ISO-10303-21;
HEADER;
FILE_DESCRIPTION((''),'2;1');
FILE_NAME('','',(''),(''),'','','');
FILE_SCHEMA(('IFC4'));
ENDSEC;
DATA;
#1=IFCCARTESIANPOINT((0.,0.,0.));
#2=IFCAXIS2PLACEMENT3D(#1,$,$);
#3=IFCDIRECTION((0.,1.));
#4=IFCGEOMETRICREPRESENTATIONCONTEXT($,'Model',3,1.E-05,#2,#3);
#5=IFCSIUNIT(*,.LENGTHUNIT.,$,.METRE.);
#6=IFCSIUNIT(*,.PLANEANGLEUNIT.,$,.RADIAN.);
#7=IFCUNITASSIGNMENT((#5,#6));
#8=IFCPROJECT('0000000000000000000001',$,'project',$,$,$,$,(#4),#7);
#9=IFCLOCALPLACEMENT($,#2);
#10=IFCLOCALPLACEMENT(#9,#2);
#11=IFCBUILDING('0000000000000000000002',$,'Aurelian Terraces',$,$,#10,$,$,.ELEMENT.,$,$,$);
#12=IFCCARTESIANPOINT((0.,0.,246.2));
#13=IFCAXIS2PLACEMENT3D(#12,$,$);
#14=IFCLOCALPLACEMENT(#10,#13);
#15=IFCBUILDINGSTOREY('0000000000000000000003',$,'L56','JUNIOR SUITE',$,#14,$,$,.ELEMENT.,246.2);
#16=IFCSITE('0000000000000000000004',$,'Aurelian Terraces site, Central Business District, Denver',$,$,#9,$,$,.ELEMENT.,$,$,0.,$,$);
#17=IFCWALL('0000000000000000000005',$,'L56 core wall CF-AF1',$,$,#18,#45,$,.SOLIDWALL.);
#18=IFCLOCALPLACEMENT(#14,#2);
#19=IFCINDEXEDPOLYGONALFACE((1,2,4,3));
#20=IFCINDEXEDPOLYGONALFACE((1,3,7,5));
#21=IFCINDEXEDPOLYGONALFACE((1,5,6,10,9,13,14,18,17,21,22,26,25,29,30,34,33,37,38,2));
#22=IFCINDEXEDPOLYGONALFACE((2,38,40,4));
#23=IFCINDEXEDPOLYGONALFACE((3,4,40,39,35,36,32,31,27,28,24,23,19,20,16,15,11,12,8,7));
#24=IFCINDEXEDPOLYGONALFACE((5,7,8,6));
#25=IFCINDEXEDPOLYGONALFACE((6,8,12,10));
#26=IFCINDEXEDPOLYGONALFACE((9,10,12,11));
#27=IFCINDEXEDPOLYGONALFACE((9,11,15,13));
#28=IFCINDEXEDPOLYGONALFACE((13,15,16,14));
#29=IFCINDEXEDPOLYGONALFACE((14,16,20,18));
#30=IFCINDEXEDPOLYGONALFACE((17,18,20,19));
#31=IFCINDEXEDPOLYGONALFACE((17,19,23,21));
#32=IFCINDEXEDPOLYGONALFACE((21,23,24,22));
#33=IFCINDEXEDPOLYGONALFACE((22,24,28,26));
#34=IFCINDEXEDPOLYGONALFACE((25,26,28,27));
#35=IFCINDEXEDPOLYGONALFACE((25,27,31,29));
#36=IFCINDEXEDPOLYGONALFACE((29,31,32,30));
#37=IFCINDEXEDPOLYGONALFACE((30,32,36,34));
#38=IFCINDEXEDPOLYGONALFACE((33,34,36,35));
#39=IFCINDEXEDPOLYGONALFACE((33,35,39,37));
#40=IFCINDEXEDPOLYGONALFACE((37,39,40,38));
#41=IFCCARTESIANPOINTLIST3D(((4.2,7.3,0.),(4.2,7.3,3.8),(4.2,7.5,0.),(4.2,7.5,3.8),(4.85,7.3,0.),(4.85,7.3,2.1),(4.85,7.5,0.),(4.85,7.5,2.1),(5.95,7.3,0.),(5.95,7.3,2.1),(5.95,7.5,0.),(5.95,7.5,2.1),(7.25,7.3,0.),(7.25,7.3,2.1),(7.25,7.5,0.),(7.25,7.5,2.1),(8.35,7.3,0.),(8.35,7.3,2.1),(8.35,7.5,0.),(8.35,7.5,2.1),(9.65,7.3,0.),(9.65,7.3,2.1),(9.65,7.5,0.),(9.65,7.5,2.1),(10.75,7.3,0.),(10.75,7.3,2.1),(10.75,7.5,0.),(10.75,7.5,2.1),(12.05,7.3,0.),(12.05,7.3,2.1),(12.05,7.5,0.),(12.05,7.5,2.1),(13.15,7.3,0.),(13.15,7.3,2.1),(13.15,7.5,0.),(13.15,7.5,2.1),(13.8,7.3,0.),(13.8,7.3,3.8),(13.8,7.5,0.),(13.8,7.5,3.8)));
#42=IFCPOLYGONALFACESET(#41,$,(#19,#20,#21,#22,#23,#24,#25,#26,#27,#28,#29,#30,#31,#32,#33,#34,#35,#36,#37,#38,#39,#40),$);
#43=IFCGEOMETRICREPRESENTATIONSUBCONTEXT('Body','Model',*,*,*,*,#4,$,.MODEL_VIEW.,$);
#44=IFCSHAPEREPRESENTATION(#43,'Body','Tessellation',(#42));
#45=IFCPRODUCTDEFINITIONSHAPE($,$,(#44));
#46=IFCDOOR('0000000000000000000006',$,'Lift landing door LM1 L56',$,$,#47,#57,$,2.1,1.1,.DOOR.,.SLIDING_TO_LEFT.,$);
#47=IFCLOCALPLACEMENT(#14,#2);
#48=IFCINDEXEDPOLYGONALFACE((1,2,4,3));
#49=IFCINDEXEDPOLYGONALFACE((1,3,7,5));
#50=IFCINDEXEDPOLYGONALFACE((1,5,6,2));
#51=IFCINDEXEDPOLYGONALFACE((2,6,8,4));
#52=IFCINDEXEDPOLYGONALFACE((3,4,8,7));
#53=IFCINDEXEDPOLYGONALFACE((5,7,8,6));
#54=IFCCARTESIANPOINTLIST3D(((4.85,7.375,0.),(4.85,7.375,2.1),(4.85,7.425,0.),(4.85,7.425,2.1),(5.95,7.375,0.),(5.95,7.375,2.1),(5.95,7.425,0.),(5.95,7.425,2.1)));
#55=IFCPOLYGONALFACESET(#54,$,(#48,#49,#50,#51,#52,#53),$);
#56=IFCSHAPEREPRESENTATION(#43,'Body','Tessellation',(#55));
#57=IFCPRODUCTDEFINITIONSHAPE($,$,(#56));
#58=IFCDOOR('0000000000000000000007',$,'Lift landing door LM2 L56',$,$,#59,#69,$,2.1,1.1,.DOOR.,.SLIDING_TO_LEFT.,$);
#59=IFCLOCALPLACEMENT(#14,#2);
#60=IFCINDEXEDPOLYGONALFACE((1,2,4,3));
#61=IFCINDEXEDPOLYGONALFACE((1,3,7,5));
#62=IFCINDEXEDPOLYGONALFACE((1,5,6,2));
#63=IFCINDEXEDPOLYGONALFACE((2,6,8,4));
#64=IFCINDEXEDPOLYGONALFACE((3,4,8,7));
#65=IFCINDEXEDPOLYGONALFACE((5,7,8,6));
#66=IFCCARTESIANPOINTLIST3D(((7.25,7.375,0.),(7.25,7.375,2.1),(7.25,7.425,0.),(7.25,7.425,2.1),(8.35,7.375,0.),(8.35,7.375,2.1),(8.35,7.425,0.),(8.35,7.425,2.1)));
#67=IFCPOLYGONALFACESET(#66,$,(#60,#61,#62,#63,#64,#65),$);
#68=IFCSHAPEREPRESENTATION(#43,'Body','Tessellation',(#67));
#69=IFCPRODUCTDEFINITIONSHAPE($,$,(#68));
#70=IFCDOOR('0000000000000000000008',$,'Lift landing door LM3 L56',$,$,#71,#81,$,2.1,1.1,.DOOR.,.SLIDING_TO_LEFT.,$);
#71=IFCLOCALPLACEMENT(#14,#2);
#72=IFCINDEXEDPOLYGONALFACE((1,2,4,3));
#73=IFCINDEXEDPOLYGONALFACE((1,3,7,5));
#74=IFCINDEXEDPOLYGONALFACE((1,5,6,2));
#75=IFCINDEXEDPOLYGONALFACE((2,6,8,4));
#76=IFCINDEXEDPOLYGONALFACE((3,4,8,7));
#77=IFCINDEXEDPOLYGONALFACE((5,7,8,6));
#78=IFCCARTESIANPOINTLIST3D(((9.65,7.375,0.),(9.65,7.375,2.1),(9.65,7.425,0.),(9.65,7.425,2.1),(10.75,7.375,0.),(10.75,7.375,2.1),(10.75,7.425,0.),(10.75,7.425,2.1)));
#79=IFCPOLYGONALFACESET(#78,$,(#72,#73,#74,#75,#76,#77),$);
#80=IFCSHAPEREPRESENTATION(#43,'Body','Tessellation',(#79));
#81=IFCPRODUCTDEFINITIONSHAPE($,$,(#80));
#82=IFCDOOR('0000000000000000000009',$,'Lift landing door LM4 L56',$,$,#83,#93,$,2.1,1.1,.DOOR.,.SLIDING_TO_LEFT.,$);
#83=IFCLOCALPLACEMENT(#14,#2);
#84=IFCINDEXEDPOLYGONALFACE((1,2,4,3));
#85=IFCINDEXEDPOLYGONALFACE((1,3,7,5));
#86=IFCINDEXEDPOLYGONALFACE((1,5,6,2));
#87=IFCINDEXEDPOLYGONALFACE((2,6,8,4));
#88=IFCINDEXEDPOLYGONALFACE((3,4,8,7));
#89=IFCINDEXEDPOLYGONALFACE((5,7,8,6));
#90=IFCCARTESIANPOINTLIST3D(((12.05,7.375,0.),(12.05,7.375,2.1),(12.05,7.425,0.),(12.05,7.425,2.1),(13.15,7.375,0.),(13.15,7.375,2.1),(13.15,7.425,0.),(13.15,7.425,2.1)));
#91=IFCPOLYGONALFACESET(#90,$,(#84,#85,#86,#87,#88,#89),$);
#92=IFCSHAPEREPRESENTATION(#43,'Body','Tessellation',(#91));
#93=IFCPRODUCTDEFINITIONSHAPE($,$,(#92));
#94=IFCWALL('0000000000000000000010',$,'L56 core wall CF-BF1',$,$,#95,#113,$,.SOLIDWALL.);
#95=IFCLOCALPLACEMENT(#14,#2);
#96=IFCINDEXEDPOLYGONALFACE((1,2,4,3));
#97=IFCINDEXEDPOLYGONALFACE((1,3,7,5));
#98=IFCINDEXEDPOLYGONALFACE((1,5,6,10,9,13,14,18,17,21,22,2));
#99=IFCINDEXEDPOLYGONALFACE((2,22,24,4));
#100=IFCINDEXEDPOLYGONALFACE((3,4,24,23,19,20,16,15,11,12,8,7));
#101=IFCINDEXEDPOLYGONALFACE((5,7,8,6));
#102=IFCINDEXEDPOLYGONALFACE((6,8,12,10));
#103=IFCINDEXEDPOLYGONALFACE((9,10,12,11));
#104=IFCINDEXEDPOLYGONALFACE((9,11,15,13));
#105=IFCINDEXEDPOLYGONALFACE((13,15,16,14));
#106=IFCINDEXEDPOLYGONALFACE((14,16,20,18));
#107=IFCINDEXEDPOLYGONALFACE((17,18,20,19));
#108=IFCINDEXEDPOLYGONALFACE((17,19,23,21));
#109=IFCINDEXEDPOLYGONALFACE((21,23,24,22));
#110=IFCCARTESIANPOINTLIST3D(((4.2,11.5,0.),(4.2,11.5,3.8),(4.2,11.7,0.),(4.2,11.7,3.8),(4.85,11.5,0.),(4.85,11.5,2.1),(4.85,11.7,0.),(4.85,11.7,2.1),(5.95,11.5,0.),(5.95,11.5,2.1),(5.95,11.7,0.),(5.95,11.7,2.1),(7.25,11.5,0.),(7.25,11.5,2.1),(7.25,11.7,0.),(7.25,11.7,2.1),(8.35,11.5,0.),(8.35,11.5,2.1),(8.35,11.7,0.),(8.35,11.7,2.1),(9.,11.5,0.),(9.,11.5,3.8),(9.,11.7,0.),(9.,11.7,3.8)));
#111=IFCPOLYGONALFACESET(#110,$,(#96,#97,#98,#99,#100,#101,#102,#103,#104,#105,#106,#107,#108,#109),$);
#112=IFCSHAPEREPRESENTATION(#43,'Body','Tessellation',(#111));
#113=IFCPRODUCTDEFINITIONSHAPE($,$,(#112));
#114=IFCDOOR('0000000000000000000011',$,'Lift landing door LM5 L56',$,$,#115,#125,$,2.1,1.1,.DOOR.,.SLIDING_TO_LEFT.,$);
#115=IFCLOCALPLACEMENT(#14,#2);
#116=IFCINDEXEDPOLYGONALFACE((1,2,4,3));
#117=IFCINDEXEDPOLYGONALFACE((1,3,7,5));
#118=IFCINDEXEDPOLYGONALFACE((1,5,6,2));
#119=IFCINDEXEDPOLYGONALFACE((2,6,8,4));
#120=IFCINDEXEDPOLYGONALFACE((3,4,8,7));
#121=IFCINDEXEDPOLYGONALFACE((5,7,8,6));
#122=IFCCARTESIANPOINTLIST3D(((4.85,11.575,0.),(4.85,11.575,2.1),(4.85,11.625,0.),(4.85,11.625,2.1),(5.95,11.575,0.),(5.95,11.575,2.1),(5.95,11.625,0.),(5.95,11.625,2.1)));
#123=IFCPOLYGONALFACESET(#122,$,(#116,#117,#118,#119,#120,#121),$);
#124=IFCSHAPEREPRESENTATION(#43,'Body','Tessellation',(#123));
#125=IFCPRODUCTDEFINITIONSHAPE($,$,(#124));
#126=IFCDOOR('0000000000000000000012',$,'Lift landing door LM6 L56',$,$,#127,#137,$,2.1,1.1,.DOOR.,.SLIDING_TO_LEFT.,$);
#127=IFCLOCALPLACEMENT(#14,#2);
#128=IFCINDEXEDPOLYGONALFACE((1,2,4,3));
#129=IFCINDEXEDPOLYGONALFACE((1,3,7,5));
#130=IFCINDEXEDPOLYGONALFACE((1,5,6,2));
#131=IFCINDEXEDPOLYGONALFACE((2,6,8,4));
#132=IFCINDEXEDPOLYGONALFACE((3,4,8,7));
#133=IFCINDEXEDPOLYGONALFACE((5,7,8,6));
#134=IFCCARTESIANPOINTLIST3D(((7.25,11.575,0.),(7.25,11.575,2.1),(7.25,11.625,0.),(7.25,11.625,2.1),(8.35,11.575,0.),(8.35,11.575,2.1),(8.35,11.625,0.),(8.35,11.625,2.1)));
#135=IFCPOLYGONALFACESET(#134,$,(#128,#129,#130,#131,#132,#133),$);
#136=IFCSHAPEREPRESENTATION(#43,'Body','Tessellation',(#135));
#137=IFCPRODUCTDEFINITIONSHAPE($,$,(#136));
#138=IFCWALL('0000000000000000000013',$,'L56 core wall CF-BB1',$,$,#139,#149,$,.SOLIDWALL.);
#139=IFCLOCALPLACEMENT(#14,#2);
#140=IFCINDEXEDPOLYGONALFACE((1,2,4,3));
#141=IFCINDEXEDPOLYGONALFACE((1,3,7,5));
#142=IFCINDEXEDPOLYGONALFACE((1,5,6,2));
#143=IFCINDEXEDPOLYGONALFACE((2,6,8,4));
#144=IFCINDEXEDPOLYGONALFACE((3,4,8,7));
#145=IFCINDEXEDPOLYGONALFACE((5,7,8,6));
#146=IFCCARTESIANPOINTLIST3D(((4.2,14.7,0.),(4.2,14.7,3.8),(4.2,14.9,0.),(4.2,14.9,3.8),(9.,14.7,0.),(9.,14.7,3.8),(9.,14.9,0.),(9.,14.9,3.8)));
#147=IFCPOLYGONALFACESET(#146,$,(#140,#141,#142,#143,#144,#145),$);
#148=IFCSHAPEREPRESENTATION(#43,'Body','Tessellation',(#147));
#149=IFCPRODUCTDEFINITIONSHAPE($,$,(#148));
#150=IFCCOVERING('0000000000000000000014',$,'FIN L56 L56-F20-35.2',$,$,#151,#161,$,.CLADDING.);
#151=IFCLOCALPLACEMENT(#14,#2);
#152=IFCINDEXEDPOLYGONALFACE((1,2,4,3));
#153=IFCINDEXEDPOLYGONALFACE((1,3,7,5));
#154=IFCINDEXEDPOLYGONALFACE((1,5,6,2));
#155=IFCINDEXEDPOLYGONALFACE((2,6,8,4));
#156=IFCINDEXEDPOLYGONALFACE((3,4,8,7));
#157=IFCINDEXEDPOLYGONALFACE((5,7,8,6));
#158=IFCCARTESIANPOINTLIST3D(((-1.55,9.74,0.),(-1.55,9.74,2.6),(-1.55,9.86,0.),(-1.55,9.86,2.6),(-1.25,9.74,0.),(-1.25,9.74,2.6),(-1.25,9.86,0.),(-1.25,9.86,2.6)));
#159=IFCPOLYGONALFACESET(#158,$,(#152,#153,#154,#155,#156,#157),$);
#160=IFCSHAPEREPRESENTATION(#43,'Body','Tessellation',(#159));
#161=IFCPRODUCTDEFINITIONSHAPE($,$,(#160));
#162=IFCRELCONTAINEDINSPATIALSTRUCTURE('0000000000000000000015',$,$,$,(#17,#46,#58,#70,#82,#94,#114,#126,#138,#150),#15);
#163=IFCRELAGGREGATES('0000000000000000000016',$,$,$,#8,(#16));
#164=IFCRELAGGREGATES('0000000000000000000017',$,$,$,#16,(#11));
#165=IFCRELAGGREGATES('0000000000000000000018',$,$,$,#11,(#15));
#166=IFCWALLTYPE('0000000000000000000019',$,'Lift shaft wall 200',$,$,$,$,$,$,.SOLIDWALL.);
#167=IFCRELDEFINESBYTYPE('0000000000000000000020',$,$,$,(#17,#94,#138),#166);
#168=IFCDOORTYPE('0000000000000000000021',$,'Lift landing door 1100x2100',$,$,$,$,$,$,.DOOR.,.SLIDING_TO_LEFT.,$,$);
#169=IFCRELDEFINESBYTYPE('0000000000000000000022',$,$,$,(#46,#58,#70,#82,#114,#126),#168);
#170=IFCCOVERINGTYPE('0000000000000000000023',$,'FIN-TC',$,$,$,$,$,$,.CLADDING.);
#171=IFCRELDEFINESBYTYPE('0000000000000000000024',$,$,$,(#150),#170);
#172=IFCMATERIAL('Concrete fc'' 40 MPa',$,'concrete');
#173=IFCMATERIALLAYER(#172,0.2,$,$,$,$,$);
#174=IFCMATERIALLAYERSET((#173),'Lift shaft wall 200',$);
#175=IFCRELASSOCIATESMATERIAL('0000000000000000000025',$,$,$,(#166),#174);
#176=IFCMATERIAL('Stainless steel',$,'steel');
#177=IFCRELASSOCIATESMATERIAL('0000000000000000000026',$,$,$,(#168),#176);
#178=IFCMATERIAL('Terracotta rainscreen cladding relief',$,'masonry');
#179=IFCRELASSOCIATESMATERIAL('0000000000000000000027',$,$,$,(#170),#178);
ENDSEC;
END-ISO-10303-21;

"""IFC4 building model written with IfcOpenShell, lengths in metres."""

from ifc_helpers import new_model, si_unit, direction, frame, frame_2d, origin, origin_2d, place, context, subcontext, project, spatial, rectangle, extrude, source, transform, mapped, material, layer, layer_set, type_object, element, fill, save


model = new_model("IFC4")

# Units and contexts
model_context = context("Model", 3, precision=1e-05, world=origin(), true_north=direction((0.0, 1.0)))
body_context = subcontext(model_context, "Body", "Model", "MODEL_VIEW")
ifc_project = project(units=[si_unit("LENGTHUNIT", "METRE"), si_unit("PLANEANGLEUNIT", "RADIAN")], contexts=[model_context])

# Site, building, storey
site_placement = place(None, origin())
site = spatial("IfcSite", under=ifc_project, at=site_placement, Name="Aurelian Terraces site, Central Business District, Denver", CompositionType="ELEMENT", RefElevation=0.0)
building_placement = place(site_placement, origin())
building = spatial("IfcBuilding", under=site, at=building_placement, Name="Aurelian Terraces", CompositionType="ELEMENT")
storey_placement = place(building_placement, frame((0.0, 0.0, 246.2)))
storey = spatial("IfcBuildingStorey", under=building, at=storey_placement, Name="L56", Description="JUNIOR SUITE", CompositionType="ELEMENT", Elevation=246.2)

# Walls, openings, doors
ifc_material_1 = material(Name="Concrete fc' 40 MPa", Category="concrete")
ifc_layer_1 = layer(ifc_material_1, 0.2)
ifc_layer_set_1 = layer_set([ifc_layer_1], Name="Lift shaft wall 200")
wall_type_1 = type_object("IfcWallType", Name="Lift shaft wall 200", PredefinedType="SOLIDWALL", material=ifc_layer_set_1)
shared_shape_1 = source(origin(), body_context, "Body", "SweptSolid", [
    extrude(rectangle(XDim=9.6, YDim=0.2, at=frame_2d((4.8, 0.0))), origin(), (0.0, 0.0, 1.0), 3.8),
])
wall_1_placement = place(storey_placement, frame((4.2, 7.4, 0.0), z_axis=(0.0, 0.0, 1.0), x_axis=(1.0, 0.0, 0.0)))
wall_1 = element("IfcWall", 1, at=wall_1_placement, inside=storey, type_object=wall_type_1, Name="L56 core wall CF-AF1", PredefinedType="SOLIDWALL", context=body_context, shape_type="MappedRepresentation", body=[
    mapped(shared_shape_1, transform((0.0, 0.0, 0.0), scale=1.0)),
])
shared_shape_2 = source(origin(), body_context, "Body", "SweptSolid", [
    extrude(rectangle(XDim=1.1, YDim=2.1, at=frame_2d((0.55, 1.05))), frame((0.0, 0.11, 0.0), z_axis=(0.0, -1.0, 0.0), x_axis=(1.0, 0.0, 0.0)), (0.0, 0.0, 1.0), 0.22),
])
opening_1_placement = place(wall_1_placement, frame((0.65, 0.0, 0.0)))
opening_1 = element("IfcOpeningElement", 2, at=opening_1_placement, cuts=wall_1, PredefinedType="OPENING", context=body_context, shape_type="MappedRepresentation", body=[
    mapped(shared_shape_2, transform((0.0, 0.0, 0.0), scale=1.0)),
])
opening_2_placement = place(wall_1_placement, frame((3.05, 0.0, 0.0)))
opening_2 = element("IfcOpeningElement", 3, at=opening_2_placement, cuts=wall_1, PredefinedType="OPENING", context=body_context, shape_type="MappedRepresentation", body=[
    mapped(shared_shape_2, transform((0.0, 0.0, 0.0), scale=1.0)),
])
opening_3_placement = place(wall_1_placement, frame((5.45, 0.0, 0.0)))
opening_3 = element("IfcOpeningElement", 4, at=opening_3_placement, cuts=wall_1, PredefinedType="OPENING", context=body_context, shape_type="MappedRepresentation", body=[
    mapped(shared_shape_2, transform((0.0, 0.0, 0.0), scale=1.0)),
])
opening_4_placement = place(wall_1_placement, frame((7.85, 0.0, 0.0)))
opening_4 = element("IfcOpeningElement", 5, at=opening_4_placement, cuts=wall_1, PredefinedType="OPENING", context=body_context, shape_type="MappedRepresentation", body=[
    mapped(shared_shape_2, transform((0.0, 0.0, 0.0), scale=1.0)),
])
ifc_material_2 = material(Name="Stainless steel", Category="steel")
door_type = type_object("IfcDoorType", Name="Lift landing door 1100x2100", OperationType="SLIDING_TO_LEFT", PredefinedType="DOOR", material=ifc_material_2)
shared_shape_3 = source(origin(), body_context, "Body", "SweptSolid", [
    extrude(rectangle(XDim=1.1, YDim=2.1, at=frame_2d((0.55, 1.05))), frame((0.0, 0.025, 0.0), z_axis=(0.0, -1.0, 0.0), x_axis=(1.0, 0.0, 0.0)), (0.0, 0.0, 1.0), 0.05),
])
door_1_placement = place(opening_1_placement, origin())
door_1 = element("IfcDoor", 6, at=door_1_placement, inside=storey, type_object=door_type, Name="Lift landing door LM1 L56", OperationType="SLIDING_TO_LEFT", OverallHeight=2.1, OverallWidth=1.1, PredefinedType="DOOR", context=body_context, shape_type="MappedRepresentation", body=[
    mapped(shared_shape_3, transform((0.0, 0.0, 0.0), scale=1.0)),
])
fill(opening_1, door_1)
door_2_placement = place(opening_2_placement, origin())
door_2 = element("IfcDoor", 7, at=door_2_placement, inside=storey, type_object=door_type, Name="Lift landing door LM2 L56", OperationType="SLIDING_TO_LEFT", OverallHeight=2.1, OverallWidth=1.1, PredefinedType="DOOR", context=body_context, shape_type="MappedRepresentation", body=[
    mapped(shared_shape_3, transform((0.0, 0.0, 0.0), scale=1.0)),
])
fill(opening_2, door_2)
door_3_placement = place(opening_3_placement, origin())
door_3 = element("IfcDoor", 8, at=door_3_placement, inside=storey, type_object=door_type, Name="Lift landing door LM3 L56", OperationType="SLIDING_TO_LEFT", OverallHeight=2.1, OverallWidth=1.1, PredefinedType="DOOR", context=body_context, shape_type="MappedRepresentation", body=[
    mapped(shared_shape_3, transform((0.0, 0.0, 0.0), scale=1.0)),
])
fill(opening_3, door_3)
door_4_placement = place(opening_4_placement, origin())
door_4 = element("IfcDoor", 9, at=door_4_placement, inside=storey, type_object=door_type, Name="Lift landing door LM4 L56", OperationType="SLIDING_TO_LEFT", OverallHeight=2.1, OverallWidth=1.1, PredefinedType="DOOR", context=body_context, shape_type="MappedRepresentation", body=[
    mapped(shared_shape_3, transform((0.0, 0.0, 0.0), scale=1.0)),
])
fill(opening_4, door_4)
shared_shape_4 = source(origin(), body_context, "Body", "SweptSolid", [
    extrude(rectangle(XDim=4.8, YDim=0.2, at=frame_2d((2.4, 0.0))), origin(), (0.0, 0.0, 1.0), 3.8),
])
wall_2_placement = place(storey_placement, frame((4.2, 11.6, 0.0), z_axis=(0.0, 0.0, 1.0), x_axis=(1.0, 0.0, 0.0)))
wall_2 = element("IfcWall", 10, at=wall_2_placement, inside=storey, type_object=wall_type_1, Name="L56 core wall CF-BF1", PredefinedType="SOLIDWALL", context=body_context, shape_type="MappedRepresentation", body=[
    mapped(shared_shape_4, transform((0.0, 0.0, 0.0), scale=1.0)),
])
opening_5_placement = place(wall_2_placement, frame((0.65, 0.0, 0.0)))
opening_5 = element("IfcOpeningElement", 11, at=opening_5_placement, cuts=wall_2, PredefinedType="OPENING", context=body_context, shape_type="MappedRepresentation", body=[
    mapped(shared_shape_2, transform((0.0, 0.0, 0.0), scale=1.0)),
])
opening_6_placement = place(wall_2_placement, frame((3.05, 0.0, 0.0)))
opening_6 = element("IfcOpeningElement", 12, at=opening_6_placement, cuts=wall_2, PredefinedType="OPENING", context=body_context, shape_type="MappedRepresentation", body=[
    mapped(shared_shape_2, transform((0.0, 0.0, 0.0), scale=1.0)),
])
door_5_placement = place(opening_5_placement, origin())
door_5 = element("IfcDoor", 13, at=door_5_placement, inside=storey, type_object=door_type, Name="Lift landing door LM5 L56", OperationType="SLIDING_TO_LEFT", OverallHeight=2.1, OverallWidth=1.1, PredefinedType="DOOR", context=body_context, shape_type="MappedRepresentation", body=[
    mapped(shared_shape_3, transform((0.0, 0.0, 0.0), scale=1.0)),
])
fill(opening_5, door_5)
door_6_placement = place(opening_6_placement, origin())
door_6 = element("IfcDoor", 14, at=door_6_placement, inside=storey, type_object=door_type, Name="Lift landing door LM6 L56", OperationType="SLIDING_TO_LEFT", OverallHeight=2.1, OverallWidth=1.1, PredefinedType="DOOR", context=body_context, shape_type="MappedRepresentation", body=[
    mapped(shared_shape_3, transform((0.0, 0.0, 0.0), scale=1.0)),
])
fill(opening_6, door_6)

# Wall
wall_3_placement = place(storey_placement, frame((4.2, 14.8, 0.0), z_axis=(0.0, 0.0, 1.0), x_axis=(1.0, 0.0, 0.0)))
element("IfcWall", 15, at=wall_3_placement, inside=storey, type_object=wall_type_1, Name="L56 core wall CF-BB1", PredefinedType="SOLIDWALL", context=body_context, shape_type="MappedRepresentation", body=[
    mapped(shared_shape_4, transform((0.0, 0.0, 0.0), scale=1.0)),
])

# Covering
ifc_material_3 = material(Name="Terracotta rainscreen cladding relief", Category="masonry")
covering_type = type_object("IfcCoveringType", Name="FIN-TC", PredefinedType="CLADDING", material=ifc_material_3)
shared_shape_5 = source(origin(), body_context, "Body", "SweptSolid", [
    extrude(rectangle(XDim=0.3, YDim=0.12, at=origin_2d()), origin(), (0.0, 0.0, 1.0), 2.6),
])
covering_placement = place(storey_placement, frame((-1.4, 9.8, 0.0), z_axis=(0.0, 0.0, 1.0), x_axis=(1.0, 0.0, 0.0)))
element("IfcCovering", 16, at=covering_placement, inside=storey, type_object=covering_type, Name="FIN L56 L56-F20-35.2", PredefinedType="CLADDING", context=body_context, shape_type="MappedRepresentation", body=[
    mapped(shared_shape_5, transform((0.0, 0.0, 0.0), scale=1.0)),
])

save(model, "model.ifc")
